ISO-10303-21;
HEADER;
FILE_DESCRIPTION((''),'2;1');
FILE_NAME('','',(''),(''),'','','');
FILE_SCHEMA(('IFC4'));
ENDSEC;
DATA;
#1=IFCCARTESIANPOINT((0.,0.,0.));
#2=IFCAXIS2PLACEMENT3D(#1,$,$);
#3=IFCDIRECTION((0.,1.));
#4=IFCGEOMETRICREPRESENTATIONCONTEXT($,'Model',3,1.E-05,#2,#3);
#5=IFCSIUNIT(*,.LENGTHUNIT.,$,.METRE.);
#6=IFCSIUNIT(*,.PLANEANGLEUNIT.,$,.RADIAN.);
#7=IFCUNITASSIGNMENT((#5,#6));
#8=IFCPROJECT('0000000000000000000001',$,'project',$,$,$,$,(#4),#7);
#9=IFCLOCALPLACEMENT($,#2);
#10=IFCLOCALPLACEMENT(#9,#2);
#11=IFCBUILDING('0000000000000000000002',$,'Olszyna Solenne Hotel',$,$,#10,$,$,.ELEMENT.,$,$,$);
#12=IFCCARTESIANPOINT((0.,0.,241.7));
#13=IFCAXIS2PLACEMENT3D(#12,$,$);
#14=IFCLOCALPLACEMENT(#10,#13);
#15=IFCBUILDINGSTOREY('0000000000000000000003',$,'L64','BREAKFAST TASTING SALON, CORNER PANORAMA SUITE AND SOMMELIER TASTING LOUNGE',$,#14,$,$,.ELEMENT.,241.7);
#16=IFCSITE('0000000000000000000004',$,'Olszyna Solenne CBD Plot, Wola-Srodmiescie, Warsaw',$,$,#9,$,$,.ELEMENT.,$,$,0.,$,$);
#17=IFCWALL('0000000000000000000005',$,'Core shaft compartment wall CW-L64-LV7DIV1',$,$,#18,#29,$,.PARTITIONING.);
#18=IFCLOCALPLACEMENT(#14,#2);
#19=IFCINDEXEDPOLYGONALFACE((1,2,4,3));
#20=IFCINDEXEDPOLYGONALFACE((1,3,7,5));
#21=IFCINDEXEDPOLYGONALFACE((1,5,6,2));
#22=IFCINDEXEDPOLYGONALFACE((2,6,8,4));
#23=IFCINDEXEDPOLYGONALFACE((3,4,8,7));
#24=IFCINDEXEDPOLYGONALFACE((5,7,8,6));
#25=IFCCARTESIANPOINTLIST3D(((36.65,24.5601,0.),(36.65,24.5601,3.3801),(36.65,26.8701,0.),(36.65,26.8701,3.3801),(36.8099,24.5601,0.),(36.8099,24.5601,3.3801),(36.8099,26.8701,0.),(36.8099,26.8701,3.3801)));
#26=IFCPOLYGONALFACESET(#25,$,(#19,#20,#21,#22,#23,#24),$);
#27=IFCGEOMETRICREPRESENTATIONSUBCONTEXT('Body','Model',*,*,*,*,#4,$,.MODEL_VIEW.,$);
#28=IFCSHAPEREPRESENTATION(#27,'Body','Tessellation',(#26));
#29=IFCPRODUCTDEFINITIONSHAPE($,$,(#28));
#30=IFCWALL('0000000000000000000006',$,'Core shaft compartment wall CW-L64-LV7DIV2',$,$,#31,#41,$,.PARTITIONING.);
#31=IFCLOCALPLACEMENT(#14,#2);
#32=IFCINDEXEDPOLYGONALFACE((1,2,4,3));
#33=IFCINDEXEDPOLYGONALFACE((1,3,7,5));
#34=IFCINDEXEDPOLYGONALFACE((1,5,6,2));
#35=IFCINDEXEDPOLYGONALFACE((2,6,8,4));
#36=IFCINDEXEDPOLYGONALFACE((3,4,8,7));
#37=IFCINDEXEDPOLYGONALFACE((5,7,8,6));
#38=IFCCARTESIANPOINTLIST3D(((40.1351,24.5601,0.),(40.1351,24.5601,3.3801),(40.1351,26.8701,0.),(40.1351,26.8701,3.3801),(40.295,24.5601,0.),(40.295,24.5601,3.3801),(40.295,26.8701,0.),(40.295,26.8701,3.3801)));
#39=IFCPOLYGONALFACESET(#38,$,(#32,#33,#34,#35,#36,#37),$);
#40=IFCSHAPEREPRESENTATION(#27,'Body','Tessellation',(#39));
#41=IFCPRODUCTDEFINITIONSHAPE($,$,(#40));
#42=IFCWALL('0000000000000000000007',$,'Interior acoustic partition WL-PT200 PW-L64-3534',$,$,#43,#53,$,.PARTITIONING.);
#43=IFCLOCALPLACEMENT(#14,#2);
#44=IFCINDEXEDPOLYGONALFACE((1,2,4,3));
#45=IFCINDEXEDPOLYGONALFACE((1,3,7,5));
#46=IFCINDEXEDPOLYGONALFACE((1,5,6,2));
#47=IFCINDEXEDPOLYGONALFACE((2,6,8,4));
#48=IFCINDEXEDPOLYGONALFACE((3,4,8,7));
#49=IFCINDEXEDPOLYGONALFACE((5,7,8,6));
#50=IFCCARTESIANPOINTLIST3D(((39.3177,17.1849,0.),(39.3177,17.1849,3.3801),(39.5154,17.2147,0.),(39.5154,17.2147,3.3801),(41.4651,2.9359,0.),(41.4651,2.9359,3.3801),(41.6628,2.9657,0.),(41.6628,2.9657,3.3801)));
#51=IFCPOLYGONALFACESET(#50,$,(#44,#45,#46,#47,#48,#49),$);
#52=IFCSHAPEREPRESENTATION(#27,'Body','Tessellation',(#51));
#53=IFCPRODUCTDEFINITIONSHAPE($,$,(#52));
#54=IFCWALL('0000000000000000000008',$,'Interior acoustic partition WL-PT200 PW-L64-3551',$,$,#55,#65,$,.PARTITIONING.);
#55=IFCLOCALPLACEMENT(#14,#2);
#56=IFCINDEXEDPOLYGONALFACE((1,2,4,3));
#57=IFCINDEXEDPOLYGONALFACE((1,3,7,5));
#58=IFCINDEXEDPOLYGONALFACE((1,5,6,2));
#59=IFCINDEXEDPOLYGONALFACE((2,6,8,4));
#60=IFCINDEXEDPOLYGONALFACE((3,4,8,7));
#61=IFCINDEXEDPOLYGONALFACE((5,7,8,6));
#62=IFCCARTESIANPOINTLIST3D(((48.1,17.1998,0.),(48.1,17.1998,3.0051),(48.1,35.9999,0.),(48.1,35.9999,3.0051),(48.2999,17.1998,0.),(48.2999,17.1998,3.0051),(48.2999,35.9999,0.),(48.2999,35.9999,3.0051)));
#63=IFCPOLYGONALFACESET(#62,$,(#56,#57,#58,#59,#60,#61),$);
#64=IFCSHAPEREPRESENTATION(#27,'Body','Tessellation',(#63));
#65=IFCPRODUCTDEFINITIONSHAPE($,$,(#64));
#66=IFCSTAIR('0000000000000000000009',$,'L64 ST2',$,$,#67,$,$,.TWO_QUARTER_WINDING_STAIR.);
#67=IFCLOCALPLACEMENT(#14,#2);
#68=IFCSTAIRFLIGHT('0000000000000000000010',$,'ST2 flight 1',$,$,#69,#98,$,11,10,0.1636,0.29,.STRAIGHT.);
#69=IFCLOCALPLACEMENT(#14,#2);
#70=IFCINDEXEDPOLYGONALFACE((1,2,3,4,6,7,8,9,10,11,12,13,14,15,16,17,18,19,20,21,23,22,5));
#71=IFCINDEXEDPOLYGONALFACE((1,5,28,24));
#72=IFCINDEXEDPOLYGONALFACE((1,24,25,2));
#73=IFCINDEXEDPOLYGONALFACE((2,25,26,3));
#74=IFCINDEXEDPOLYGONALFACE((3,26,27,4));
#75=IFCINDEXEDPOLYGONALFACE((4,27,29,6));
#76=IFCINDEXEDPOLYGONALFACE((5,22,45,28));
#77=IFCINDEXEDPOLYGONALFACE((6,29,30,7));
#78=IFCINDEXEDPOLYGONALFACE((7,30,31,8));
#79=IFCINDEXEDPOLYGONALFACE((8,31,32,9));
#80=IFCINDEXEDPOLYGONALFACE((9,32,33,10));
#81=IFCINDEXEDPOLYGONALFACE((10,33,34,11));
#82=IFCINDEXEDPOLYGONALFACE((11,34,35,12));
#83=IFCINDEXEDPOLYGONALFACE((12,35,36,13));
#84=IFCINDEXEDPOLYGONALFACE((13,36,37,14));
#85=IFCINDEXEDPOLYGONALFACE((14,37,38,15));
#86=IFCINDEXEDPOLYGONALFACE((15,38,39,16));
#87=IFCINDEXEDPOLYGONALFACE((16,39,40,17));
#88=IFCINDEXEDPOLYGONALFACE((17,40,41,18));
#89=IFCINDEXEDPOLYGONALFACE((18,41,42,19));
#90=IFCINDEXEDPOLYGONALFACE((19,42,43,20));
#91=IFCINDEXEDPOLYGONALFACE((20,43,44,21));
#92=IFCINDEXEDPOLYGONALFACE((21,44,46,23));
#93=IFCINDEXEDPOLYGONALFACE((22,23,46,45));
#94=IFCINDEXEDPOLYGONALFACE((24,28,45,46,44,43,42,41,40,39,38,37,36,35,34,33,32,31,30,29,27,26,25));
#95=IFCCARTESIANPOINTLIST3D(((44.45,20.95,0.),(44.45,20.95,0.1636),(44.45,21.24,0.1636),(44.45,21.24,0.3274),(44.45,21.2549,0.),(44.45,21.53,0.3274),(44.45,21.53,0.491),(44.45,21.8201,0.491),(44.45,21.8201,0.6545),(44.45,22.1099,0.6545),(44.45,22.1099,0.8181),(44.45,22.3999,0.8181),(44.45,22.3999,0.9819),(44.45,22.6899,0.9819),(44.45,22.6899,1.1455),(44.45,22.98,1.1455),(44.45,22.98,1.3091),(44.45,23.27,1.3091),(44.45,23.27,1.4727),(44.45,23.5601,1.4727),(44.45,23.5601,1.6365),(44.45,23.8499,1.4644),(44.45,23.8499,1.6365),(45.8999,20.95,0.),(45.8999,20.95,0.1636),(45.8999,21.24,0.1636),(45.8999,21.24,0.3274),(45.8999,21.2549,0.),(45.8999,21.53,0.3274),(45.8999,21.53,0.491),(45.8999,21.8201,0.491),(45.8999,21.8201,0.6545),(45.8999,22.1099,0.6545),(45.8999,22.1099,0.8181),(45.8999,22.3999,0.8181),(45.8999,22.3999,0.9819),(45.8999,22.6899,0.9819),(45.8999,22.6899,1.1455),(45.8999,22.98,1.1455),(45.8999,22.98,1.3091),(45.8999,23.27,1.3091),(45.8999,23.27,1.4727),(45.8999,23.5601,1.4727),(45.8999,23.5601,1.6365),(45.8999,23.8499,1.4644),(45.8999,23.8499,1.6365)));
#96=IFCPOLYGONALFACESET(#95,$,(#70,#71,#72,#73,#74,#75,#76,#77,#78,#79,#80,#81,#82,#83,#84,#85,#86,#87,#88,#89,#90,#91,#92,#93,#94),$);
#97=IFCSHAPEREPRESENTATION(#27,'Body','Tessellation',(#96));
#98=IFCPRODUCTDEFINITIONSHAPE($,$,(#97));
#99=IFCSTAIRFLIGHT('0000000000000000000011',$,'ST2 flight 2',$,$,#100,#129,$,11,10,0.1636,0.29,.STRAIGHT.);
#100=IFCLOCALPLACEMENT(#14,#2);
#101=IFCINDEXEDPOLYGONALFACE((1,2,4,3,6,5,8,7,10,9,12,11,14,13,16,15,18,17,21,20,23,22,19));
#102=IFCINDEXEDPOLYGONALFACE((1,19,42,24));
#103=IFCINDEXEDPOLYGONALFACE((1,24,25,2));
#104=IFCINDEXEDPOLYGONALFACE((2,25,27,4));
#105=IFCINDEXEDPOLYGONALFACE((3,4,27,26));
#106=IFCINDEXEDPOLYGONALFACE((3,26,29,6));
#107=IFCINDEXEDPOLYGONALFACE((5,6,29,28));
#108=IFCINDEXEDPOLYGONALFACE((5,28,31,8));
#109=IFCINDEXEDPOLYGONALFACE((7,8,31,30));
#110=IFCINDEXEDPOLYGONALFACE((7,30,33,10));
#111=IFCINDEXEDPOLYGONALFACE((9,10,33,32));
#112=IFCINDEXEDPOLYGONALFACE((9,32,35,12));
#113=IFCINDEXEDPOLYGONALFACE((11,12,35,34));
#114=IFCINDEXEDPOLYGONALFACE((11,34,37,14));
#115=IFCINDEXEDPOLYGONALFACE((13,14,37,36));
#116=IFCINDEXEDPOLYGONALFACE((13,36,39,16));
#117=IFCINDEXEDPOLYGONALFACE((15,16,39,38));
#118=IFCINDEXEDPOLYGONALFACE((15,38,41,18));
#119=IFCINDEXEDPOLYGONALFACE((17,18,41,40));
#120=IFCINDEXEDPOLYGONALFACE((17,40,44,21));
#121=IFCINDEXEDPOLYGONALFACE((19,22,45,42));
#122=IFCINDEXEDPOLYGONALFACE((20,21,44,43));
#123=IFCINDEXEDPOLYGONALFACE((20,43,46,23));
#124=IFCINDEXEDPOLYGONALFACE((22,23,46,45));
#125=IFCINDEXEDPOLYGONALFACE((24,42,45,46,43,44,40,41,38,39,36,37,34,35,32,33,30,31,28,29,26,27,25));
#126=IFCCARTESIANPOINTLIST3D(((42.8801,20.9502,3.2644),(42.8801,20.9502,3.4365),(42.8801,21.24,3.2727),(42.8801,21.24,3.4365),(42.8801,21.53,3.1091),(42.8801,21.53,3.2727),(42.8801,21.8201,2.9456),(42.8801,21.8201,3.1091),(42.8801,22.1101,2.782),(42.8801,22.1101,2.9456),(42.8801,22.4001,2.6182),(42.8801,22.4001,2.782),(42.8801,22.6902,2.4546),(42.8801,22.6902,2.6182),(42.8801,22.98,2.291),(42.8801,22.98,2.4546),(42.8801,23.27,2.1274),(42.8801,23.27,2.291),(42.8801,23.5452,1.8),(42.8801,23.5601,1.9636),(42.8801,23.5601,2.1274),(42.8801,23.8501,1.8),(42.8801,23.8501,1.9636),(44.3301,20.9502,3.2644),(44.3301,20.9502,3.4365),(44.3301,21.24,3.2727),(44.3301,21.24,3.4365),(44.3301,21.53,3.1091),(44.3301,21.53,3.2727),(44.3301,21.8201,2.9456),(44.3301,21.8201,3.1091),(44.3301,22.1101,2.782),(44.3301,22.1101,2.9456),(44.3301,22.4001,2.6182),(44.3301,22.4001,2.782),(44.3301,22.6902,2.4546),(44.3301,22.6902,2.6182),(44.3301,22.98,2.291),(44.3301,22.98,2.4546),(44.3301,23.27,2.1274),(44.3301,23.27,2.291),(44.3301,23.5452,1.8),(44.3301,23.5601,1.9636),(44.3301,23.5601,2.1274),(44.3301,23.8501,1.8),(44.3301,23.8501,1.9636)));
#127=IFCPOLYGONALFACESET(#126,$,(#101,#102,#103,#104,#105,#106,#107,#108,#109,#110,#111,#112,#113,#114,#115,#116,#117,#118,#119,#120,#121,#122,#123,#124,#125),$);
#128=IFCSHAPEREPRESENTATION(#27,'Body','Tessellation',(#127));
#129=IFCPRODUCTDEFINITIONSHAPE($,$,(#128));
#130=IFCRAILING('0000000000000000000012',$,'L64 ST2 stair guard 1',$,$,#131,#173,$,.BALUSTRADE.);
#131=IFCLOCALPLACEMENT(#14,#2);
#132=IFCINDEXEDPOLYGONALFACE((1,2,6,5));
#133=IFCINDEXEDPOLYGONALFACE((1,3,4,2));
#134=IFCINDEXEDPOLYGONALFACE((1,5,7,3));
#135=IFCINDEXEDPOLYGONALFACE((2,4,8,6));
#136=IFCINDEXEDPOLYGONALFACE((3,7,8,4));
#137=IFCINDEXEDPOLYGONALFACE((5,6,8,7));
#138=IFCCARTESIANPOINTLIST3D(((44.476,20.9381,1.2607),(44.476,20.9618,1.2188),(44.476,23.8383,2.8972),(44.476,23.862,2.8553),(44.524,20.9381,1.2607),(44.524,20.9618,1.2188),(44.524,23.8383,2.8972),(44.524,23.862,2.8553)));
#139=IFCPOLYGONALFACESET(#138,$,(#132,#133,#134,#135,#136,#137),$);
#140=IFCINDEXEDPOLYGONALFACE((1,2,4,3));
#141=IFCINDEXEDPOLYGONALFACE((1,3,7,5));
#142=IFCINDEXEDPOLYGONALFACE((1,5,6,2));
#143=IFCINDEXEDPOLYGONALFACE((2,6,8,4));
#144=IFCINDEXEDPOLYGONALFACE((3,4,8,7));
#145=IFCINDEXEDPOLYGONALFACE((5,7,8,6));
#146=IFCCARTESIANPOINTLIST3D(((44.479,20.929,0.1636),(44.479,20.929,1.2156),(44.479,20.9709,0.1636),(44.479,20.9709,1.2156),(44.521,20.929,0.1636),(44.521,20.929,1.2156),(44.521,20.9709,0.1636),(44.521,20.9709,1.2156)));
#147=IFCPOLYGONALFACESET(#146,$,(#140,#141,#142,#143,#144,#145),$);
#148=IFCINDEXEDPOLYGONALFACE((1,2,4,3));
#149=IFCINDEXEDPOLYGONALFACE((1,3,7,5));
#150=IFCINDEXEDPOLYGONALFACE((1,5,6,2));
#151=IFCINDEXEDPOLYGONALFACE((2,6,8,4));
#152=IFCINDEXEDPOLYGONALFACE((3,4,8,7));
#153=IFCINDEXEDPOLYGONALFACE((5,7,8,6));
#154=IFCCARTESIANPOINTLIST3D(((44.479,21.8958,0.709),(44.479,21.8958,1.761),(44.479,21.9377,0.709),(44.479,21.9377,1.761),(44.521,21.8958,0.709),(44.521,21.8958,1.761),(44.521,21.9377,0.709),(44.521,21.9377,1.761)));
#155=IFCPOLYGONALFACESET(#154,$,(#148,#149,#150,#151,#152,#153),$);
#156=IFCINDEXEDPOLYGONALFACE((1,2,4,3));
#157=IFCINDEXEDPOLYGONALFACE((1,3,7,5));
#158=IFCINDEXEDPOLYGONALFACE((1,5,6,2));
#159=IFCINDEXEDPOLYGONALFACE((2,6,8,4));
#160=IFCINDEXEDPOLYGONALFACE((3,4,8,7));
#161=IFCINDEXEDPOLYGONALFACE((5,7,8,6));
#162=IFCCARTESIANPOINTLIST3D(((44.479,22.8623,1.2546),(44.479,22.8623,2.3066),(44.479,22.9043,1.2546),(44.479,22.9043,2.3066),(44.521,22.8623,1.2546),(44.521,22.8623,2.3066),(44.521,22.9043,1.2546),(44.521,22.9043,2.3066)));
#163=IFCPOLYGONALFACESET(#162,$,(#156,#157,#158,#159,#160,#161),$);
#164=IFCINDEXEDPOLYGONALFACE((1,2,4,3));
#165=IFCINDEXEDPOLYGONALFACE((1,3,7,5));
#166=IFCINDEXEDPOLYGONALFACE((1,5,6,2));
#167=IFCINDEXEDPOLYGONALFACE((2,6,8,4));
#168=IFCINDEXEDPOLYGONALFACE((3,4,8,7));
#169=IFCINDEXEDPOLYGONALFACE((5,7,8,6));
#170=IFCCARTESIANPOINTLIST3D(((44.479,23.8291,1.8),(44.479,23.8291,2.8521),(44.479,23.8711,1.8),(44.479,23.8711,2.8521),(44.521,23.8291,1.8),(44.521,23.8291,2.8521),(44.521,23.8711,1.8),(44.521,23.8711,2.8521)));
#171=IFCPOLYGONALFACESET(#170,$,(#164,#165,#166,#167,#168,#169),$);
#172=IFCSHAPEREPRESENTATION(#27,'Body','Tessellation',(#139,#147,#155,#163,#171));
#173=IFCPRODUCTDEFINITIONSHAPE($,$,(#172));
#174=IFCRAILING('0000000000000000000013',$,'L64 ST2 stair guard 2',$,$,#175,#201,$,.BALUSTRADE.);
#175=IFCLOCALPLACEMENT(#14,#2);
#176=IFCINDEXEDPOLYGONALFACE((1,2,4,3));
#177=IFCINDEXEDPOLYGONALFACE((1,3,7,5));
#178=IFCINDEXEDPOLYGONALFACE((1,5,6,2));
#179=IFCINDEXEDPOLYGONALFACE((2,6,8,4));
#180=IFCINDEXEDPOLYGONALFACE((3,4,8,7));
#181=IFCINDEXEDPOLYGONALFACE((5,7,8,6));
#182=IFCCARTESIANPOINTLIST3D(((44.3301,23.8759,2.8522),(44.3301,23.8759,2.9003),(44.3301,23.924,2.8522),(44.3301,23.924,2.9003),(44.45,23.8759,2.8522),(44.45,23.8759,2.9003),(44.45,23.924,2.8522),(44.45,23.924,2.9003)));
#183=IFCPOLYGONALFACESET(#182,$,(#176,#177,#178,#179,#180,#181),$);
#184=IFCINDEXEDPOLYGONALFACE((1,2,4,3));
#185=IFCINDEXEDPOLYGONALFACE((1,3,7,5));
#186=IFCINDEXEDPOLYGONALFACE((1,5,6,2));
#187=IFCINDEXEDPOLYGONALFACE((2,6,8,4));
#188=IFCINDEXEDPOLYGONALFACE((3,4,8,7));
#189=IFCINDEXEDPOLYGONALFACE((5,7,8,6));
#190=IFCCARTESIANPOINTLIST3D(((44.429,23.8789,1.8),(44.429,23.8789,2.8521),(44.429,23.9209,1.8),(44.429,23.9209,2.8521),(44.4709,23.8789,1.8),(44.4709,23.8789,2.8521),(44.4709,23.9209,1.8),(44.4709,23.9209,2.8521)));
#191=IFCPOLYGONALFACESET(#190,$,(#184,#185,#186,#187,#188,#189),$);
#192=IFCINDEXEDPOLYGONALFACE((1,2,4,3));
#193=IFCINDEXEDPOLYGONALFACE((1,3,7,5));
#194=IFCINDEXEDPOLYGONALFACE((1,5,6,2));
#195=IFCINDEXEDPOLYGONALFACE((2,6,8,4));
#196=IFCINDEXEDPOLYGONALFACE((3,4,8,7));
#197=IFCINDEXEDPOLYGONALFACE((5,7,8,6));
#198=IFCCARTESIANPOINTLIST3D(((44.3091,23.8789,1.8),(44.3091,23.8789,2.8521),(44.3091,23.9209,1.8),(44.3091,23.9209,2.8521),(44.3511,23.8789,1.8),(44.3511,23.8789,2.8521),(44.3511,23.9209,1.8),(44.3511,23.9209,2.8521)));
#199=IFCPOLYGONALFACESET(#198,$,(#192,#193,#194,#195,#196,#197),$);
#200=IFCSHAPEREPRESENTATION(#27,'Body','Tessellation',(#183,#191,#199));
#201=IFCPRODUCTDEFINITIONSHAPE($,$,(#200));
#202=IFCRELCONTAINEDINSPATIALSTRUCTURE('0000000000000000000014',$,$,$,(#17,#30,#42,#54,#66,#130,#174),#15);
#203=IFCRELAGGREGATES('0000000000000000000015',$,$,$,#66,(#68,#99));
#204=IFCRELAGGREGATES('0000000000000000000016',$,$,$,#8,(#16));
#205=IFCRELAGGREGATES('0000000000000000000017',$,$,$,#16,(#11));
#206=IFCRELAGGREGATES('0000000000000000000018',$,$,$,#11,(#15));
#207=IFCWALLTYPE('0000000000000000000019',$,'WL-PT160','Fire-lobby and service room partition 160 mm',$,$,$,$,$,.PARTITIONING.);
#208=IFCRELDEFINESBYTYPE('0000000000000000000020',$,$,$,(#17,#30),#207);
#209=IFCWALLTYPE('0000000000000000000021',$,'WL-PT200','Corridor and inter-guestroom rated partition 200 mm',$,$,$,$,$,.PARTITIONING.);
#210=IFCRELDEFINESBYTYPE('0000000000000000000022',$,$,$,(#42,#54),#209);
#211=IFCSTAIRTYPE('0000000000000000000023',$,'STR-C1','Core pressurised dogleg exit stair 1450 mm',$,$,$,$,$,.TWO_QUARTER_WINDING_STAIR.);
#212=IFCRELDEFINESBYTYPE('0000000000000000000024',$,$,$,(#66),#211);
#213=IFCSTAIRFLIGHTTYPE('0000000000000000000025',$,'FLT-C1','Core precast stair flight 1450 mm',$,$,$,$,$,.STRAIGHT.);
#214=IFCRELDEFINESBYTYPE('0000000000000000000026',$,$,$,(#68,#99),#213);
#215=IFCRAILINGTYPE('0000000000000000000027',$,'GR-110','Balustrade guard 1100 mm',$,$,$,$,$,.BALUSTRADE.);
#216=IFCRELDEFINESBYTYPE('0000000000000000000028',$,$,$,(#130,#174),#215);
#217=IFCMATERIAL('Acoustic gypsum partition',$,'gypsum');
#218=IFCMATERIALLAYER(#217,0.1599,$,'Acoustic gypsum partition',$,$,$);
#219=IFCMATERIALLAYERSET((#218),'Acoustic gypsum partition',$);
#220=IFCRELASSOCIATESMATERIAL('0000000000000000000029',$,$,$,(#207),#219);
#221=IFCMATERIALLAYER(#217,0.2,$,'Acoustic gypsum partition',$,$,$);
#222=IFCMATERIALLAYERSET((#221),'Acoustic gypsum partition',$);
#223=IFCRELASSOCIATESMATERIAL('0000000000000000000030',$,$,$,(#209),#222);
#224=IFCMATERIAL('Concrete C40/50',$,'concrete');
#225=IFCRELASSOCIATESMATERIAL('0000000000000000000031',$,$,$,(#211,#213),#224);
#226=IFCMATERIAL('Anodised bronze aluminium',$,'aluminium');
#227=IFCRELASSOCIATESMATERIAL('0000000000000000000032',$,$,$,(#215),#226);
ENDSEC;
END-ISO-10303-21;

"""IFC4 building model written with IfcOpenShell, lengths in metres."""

from ifc_helpers import new_model, si_unit, direction, frame, frame_2d, origin, origin_2d, place, context, subcontext, project, spatial, polyline, rectangle, outline, extrude, material, layer, layer_set, type_object, element, aggregate, save


model = new_model("IFC4")

# Units and contexts
model_context = context("Model", 3, precision=1e-05, world=origin(), true_north=direction((0.0, 1.0)))
body_context = subcontext(model_context, "Body", "Model", "MODEL_VIEW")
ifc_project = project(units=[si_unit("LENGTHUNIT", "METRE"), si_unit("PLANEANGLEUNIT", "RADIAN")], contexts=[model_context])

# Site, building, storey
site_placement = place(None, origin())
site = spatial("IfcSite", under=ifc_project, at=site_placement, Name="Olszyna Solenne CBD Plot, Wola-Srodmiescie, Warsaw", CompositionType="ELEMENT", RefElevation=0.0)
building_placement = place(site_placement, origin())
building = spatial("IfcBuilding", under=site, at=building_placement, Name="Olszyna Solenne Hotel", CompositionType="ELEMENT")
storey_placement = place(building_placement, frame((0.0, 0.0, 241.7)))
storey = spatial("IfcBuildingStorey", under=building, at=storey_placement, Name="L64", Description="BREAKFAST TASTING SALON, CORNER PANORAMA SUITE AND SOMMELIER TASTING LOUNGE", CompositionType="ELEMENT", Elevation=241.7)

# Shared definitions
ifc_material_1 = material(Name="Anodised bronze aluminium", Category="aluminium")

# Shared definitions
ifc_material_2 = material(Name="Acoustic gypsum partition", Category="gypsum")

# Shared definitions
ifc_layer_1 = layer(ifc_material_2, 0.1599, Name="Acoustic gypsum partition")
ifc_layer_set_1 = layer_set([ifc_layer_1], Name="Acoustic gypsum partition")
wall_type_1 = type_object("IfcWallType", Name="WL-PT160", Description="Fire-lobby and service room partition 160 mm", PredefinedType="PARTITIONING", material=ifc_layer_set_1)

# Walls
for number, where, z_axis, x_axis, name in (
    (1, (36.73, 24.5601, 0.0), (0.0, 0.0, 1.0), (0.0, 1.0, 0.0), "Core shaft compartment wall CW-L64-LV7DIV1"),
    (2, (40.2151, 24.5601, 0.0), (0.0, 0.0, 1.0), (0.0, 1.0, 0.0), "Core shaft compartment wall CW-L64-LV7DIV2"),
):
    element("IfcWall", number, at=place(storey_placement, frame(where, z_axis=z_axis, x_axis=x_axis)), inside=storey, type_object=wall_type_1, Name=name, PredefinedType="PARTITIONING", context=body_context, shape_type="SweptSolid", body=[
        extrude(rectangle(XDim=2.3101, YDim=0.1599, at=frame_2d((1.155, 0.0))), origin(), (0.0, 0.0, 1.0), 3.3801),
    ])
ifc_layer_2 = layer(ifc_material_2, 0.2, Name="Acoustic gypsum partition")
ifc_layer_set_2 = layer_set([ifc_layer_2], Name="Acoustic gypsum partition")
wall_type_2 = type_object("IfcWallType", Name="WL-PT200", Description="Corridor and inter-guestroom rated partition 200 mm", PredefinedType="PARTITIONING", material=ifc_layer_set_2)
wall_1_placement = place(storey_placement, frame((39.4165, 17.2, 0.0), z_axis=(0.0, 0.0, 1.0), x_axis=(0.149026, -0.988833, 0.0)))
element("IfcWall", 3, at=wall_1_placement, inside=storey, type_object=wall_type_2, Name="Interior acoustic partition WL-PT200 PW-L64-3534", PredefinedType="PARTITIONING", context=body_context, shape_type="SweptSolid", body=[
    extrude(rectangle(XDim=14.4099, YDim=0.2, at=frame_2d((7.2051, 0.0))), origin(), (0.0, 0.0, 1.0), 3.3801),
])
wall_2_placement = place(storey_placement, frame((48.2, 17.2, 0.0), z_axis=(0.0, 0.0, 1.0), x_axis=(0.0, 1.0, 0.0)))
element("IfcWall", 4, at=wall_2_placement, inside=storey, type_object=wall_type_2, Name="Interior acoustic partition WL-PT200 PW-L64-3551", PredefinedType="PARTITIONING", context=body_context, shape_type="SweptSolid", body=[
    extrude(rectangle(XDim=18.8, YDim=0.2, at=frame_2d((9.3999, 0.0))), origin(), (0.0, 0.0, 1.0), 3.0051),
])

# Stair, stair flights
ifc_material_3 = material(Name="Concrete C40/50", Category="concrete")
stair_type = type_object("IfcStairType", Name="STR-C1", Description="Core pressurised dogleg exit stair 1450 mm", PredefinedType="TWO_QUARTER_WINDING_STAIR", material=ifc_material_3)
stair_placement = place(storey_placement, origin())
stair = element("IfcStair", 5, at=stair_placement, inside=storey, type_object=stair_type, Name="L64 ST2", PredefinedType="TWO_QUARTER_WINDING_STAIR")
stair_flight_type = type_object("IfcStairFlightType", Name="FLT-C1", Description="Core precast stair flight 1450 mm", PredefinedType="STRAIGHT", material=ifc_material_3)
stair_flight_1_placement = place(storey_placement, frame((45.175, 20.95, 0.0), z_axis=(0.0, 0.0, 1.0), x_axis=(0.0, 1.0, 0.0)))
stair_flight_1 = element("IfcStairFlight", 6, at=stair_flight_1_placement, type_object=stair_flight_type, Name="ST2 flight 1", NumberOfRisers=11, NumberOfTreads=10, PredefinedType="STRAIGHT", RiserHeight=0.1636, TreadLength=0.29, context=body_context, shape_type="SweptSolid", body=[
    extrude(outline(polyline([(0.0, 0.0), (0.0, 0.1636), (0.29, 0.1636), (0.29, 0.3274), (0.5801, 0.3274), (0.5801, 0.491), (0.8701, 0.491), (0.8701, 0.6545), (1.1599, 0.6545), (1.1599, 0.8181), (1.45, 0.8181), (1.45, 0.9819), (1.74, 0.9819), (1.74, 1.1455), (2.03, 1.1455), (2.03, 1.3091), (2.3201, 1.3091), (2.3201, 1.4727), (2.6101, 1.4727), (2.6101, 1.6365), (2.8999, 1.6365), (2.8999, 1.8), (2.8999, 1.4644), (0.3049, 0.0), (0.0, 0.0)])), frame((0.0, 0.7251, 0.0), z_axis=(0.0, -1.0, 0.0), x_axis=(1.0, 0.0, 0.0)), (0.0, 0.0, 1.0), 1.45),
])
stair_flight_2_placement = place(storey_placement, frame((43.605, 23.8501, 1.8), z_axis=(0.0, 0.0, 1.0), x_axis=(0.0, -1.0, 0.0)))
stair_flight_2 = element("IfcStairFlight", 7, at=stair_flight_2_placement, type_object=stair_flight_type, Name="ST2 flight 2", NumberOfRisers=11, NumberOfTreads=10, PredefinedType="STRAIGHT", RiserHeight=0.1636, TreadLength=0.29, context=body_context, shape_type="SweptSolid", body=[
    extrude(outline(polyline([(0.0, 0.0), (0.0, 0.1636), (0.29, 0.1636), (0.29, 0.3274), (0.5801, 0.3274), (0.5801, 0.491), (0.8701, 0.491), (0.8701, 0.6545), (1.1599, 0.6545), (1.1599, 0.8181), (1.45, 0.8181), (1.45, 0.9819), (1.74, 0.9819), (1.74, 1.1455), (2.03, 1.1455), (2.03, 1.3091), (2.3201, 1.3091), (2.3201, 1.4727), (2.6101, 1.4727), (2.6101, 1.6365), (2.8999, 1.6365), (2.8999, 1.8), (2.8999, 1.4644), (0.3049, 0.0), (0.0, 0.0)])), frame((0.0, 0.7251, 0.0), z_axis=(0.0, -1.0, 0.0), x_axis=(1.0, 0.0, 0.0)), (0.0, 0.0, 1.0), 1.45),
])
aggregate(stair, [stair_flight_1, stair_flight_2])

# Railings
railing_type_1 = type_object("IfcRailingType", Name="GR-110", Description="Balustrade guard 1100 mm", PredefinedType="BALUSTRADE", material=ifc_material_1)
railing_1_placement = place(storey_placement, frame((44.5, 20.95, 0.1636)))
element("IfcRailing", 8, at=railing_1_placement, inside=storey, type_object=railing_type_1, Name="L64 ST2 stair guard 1", PredefinedType="BALUSTRADE", context=body_context, shape_type="SweptSolid", body=[
    extrude(rectangle(XDim=0.0481, YDim=0.0481, at=origin_2d()), frame((0.0, 0.0, 1.0762), z_axis=(0.0, 0.870915, 0.491434), x_axis=(-1.0, 0.0, 0.0)), (0.0, 0.0, 1.0), 3.3301),
    extrude(rectangle(XDim=0.042, YDim=0.042, at=origin_2d()), origin(), (0.0, 0.0, 1.0), 1.052),
    extrude(rectangle(XDim=0.042, YDim=0.042, at=origin_2d()), frame((0.0, 0.9668, 0.5454)), (0.0, 0.0, 1.0), 1.052),
    extrude(rectangle(XDim=0.042, YDim=0.042, at=origin_2d()), frame((0.0, 1.9333, 1.0911)), (0.0, 0.0, 1.0), 1.052),
    extrude(rectangle(XDim=0.042, YDim=0.042, at=origin_2d()), frame((0.0, 2.9001, 1.6365)), (0.0, 0.0, 1.0), 1.052),
])
railing_2_placement = place(storey_placement, frame((44.45, 23.8999, 1.8)))
element("IfcRailing", 9, at=railing_2_placement, inside=storey, type_object=railing_type_1, Name="L64 ST2 stair guard 2", PredefinedType="BALUSTRADE", context=body_context, shape_type="SweptSolid", body=[
    extrude(rectangle(XDim=0.0481, YDim=0.0481, at=origin_2d()), frame((0.0, 0.0, 1.0762), z_axis=(-1.0, 0.0, 0.0), x_axis=(0.0, -1.0, 0.0)), (0.0, 0.0, 1.0), 0.1199),
    extrude(rectangle(XDim=0.042, YDim=0.042, at=origin_2d()), origin(), (0.0, 0.0, 1.0), 1.052),
    extrude(rectangle(XDim=0.042, YDim=0.042, at=origin_2d()), frame((-0.1199, 0.0, 0.0)), (0.0, 0.0, 1.0), 1.052),
])

save(model, "model.ifc")
